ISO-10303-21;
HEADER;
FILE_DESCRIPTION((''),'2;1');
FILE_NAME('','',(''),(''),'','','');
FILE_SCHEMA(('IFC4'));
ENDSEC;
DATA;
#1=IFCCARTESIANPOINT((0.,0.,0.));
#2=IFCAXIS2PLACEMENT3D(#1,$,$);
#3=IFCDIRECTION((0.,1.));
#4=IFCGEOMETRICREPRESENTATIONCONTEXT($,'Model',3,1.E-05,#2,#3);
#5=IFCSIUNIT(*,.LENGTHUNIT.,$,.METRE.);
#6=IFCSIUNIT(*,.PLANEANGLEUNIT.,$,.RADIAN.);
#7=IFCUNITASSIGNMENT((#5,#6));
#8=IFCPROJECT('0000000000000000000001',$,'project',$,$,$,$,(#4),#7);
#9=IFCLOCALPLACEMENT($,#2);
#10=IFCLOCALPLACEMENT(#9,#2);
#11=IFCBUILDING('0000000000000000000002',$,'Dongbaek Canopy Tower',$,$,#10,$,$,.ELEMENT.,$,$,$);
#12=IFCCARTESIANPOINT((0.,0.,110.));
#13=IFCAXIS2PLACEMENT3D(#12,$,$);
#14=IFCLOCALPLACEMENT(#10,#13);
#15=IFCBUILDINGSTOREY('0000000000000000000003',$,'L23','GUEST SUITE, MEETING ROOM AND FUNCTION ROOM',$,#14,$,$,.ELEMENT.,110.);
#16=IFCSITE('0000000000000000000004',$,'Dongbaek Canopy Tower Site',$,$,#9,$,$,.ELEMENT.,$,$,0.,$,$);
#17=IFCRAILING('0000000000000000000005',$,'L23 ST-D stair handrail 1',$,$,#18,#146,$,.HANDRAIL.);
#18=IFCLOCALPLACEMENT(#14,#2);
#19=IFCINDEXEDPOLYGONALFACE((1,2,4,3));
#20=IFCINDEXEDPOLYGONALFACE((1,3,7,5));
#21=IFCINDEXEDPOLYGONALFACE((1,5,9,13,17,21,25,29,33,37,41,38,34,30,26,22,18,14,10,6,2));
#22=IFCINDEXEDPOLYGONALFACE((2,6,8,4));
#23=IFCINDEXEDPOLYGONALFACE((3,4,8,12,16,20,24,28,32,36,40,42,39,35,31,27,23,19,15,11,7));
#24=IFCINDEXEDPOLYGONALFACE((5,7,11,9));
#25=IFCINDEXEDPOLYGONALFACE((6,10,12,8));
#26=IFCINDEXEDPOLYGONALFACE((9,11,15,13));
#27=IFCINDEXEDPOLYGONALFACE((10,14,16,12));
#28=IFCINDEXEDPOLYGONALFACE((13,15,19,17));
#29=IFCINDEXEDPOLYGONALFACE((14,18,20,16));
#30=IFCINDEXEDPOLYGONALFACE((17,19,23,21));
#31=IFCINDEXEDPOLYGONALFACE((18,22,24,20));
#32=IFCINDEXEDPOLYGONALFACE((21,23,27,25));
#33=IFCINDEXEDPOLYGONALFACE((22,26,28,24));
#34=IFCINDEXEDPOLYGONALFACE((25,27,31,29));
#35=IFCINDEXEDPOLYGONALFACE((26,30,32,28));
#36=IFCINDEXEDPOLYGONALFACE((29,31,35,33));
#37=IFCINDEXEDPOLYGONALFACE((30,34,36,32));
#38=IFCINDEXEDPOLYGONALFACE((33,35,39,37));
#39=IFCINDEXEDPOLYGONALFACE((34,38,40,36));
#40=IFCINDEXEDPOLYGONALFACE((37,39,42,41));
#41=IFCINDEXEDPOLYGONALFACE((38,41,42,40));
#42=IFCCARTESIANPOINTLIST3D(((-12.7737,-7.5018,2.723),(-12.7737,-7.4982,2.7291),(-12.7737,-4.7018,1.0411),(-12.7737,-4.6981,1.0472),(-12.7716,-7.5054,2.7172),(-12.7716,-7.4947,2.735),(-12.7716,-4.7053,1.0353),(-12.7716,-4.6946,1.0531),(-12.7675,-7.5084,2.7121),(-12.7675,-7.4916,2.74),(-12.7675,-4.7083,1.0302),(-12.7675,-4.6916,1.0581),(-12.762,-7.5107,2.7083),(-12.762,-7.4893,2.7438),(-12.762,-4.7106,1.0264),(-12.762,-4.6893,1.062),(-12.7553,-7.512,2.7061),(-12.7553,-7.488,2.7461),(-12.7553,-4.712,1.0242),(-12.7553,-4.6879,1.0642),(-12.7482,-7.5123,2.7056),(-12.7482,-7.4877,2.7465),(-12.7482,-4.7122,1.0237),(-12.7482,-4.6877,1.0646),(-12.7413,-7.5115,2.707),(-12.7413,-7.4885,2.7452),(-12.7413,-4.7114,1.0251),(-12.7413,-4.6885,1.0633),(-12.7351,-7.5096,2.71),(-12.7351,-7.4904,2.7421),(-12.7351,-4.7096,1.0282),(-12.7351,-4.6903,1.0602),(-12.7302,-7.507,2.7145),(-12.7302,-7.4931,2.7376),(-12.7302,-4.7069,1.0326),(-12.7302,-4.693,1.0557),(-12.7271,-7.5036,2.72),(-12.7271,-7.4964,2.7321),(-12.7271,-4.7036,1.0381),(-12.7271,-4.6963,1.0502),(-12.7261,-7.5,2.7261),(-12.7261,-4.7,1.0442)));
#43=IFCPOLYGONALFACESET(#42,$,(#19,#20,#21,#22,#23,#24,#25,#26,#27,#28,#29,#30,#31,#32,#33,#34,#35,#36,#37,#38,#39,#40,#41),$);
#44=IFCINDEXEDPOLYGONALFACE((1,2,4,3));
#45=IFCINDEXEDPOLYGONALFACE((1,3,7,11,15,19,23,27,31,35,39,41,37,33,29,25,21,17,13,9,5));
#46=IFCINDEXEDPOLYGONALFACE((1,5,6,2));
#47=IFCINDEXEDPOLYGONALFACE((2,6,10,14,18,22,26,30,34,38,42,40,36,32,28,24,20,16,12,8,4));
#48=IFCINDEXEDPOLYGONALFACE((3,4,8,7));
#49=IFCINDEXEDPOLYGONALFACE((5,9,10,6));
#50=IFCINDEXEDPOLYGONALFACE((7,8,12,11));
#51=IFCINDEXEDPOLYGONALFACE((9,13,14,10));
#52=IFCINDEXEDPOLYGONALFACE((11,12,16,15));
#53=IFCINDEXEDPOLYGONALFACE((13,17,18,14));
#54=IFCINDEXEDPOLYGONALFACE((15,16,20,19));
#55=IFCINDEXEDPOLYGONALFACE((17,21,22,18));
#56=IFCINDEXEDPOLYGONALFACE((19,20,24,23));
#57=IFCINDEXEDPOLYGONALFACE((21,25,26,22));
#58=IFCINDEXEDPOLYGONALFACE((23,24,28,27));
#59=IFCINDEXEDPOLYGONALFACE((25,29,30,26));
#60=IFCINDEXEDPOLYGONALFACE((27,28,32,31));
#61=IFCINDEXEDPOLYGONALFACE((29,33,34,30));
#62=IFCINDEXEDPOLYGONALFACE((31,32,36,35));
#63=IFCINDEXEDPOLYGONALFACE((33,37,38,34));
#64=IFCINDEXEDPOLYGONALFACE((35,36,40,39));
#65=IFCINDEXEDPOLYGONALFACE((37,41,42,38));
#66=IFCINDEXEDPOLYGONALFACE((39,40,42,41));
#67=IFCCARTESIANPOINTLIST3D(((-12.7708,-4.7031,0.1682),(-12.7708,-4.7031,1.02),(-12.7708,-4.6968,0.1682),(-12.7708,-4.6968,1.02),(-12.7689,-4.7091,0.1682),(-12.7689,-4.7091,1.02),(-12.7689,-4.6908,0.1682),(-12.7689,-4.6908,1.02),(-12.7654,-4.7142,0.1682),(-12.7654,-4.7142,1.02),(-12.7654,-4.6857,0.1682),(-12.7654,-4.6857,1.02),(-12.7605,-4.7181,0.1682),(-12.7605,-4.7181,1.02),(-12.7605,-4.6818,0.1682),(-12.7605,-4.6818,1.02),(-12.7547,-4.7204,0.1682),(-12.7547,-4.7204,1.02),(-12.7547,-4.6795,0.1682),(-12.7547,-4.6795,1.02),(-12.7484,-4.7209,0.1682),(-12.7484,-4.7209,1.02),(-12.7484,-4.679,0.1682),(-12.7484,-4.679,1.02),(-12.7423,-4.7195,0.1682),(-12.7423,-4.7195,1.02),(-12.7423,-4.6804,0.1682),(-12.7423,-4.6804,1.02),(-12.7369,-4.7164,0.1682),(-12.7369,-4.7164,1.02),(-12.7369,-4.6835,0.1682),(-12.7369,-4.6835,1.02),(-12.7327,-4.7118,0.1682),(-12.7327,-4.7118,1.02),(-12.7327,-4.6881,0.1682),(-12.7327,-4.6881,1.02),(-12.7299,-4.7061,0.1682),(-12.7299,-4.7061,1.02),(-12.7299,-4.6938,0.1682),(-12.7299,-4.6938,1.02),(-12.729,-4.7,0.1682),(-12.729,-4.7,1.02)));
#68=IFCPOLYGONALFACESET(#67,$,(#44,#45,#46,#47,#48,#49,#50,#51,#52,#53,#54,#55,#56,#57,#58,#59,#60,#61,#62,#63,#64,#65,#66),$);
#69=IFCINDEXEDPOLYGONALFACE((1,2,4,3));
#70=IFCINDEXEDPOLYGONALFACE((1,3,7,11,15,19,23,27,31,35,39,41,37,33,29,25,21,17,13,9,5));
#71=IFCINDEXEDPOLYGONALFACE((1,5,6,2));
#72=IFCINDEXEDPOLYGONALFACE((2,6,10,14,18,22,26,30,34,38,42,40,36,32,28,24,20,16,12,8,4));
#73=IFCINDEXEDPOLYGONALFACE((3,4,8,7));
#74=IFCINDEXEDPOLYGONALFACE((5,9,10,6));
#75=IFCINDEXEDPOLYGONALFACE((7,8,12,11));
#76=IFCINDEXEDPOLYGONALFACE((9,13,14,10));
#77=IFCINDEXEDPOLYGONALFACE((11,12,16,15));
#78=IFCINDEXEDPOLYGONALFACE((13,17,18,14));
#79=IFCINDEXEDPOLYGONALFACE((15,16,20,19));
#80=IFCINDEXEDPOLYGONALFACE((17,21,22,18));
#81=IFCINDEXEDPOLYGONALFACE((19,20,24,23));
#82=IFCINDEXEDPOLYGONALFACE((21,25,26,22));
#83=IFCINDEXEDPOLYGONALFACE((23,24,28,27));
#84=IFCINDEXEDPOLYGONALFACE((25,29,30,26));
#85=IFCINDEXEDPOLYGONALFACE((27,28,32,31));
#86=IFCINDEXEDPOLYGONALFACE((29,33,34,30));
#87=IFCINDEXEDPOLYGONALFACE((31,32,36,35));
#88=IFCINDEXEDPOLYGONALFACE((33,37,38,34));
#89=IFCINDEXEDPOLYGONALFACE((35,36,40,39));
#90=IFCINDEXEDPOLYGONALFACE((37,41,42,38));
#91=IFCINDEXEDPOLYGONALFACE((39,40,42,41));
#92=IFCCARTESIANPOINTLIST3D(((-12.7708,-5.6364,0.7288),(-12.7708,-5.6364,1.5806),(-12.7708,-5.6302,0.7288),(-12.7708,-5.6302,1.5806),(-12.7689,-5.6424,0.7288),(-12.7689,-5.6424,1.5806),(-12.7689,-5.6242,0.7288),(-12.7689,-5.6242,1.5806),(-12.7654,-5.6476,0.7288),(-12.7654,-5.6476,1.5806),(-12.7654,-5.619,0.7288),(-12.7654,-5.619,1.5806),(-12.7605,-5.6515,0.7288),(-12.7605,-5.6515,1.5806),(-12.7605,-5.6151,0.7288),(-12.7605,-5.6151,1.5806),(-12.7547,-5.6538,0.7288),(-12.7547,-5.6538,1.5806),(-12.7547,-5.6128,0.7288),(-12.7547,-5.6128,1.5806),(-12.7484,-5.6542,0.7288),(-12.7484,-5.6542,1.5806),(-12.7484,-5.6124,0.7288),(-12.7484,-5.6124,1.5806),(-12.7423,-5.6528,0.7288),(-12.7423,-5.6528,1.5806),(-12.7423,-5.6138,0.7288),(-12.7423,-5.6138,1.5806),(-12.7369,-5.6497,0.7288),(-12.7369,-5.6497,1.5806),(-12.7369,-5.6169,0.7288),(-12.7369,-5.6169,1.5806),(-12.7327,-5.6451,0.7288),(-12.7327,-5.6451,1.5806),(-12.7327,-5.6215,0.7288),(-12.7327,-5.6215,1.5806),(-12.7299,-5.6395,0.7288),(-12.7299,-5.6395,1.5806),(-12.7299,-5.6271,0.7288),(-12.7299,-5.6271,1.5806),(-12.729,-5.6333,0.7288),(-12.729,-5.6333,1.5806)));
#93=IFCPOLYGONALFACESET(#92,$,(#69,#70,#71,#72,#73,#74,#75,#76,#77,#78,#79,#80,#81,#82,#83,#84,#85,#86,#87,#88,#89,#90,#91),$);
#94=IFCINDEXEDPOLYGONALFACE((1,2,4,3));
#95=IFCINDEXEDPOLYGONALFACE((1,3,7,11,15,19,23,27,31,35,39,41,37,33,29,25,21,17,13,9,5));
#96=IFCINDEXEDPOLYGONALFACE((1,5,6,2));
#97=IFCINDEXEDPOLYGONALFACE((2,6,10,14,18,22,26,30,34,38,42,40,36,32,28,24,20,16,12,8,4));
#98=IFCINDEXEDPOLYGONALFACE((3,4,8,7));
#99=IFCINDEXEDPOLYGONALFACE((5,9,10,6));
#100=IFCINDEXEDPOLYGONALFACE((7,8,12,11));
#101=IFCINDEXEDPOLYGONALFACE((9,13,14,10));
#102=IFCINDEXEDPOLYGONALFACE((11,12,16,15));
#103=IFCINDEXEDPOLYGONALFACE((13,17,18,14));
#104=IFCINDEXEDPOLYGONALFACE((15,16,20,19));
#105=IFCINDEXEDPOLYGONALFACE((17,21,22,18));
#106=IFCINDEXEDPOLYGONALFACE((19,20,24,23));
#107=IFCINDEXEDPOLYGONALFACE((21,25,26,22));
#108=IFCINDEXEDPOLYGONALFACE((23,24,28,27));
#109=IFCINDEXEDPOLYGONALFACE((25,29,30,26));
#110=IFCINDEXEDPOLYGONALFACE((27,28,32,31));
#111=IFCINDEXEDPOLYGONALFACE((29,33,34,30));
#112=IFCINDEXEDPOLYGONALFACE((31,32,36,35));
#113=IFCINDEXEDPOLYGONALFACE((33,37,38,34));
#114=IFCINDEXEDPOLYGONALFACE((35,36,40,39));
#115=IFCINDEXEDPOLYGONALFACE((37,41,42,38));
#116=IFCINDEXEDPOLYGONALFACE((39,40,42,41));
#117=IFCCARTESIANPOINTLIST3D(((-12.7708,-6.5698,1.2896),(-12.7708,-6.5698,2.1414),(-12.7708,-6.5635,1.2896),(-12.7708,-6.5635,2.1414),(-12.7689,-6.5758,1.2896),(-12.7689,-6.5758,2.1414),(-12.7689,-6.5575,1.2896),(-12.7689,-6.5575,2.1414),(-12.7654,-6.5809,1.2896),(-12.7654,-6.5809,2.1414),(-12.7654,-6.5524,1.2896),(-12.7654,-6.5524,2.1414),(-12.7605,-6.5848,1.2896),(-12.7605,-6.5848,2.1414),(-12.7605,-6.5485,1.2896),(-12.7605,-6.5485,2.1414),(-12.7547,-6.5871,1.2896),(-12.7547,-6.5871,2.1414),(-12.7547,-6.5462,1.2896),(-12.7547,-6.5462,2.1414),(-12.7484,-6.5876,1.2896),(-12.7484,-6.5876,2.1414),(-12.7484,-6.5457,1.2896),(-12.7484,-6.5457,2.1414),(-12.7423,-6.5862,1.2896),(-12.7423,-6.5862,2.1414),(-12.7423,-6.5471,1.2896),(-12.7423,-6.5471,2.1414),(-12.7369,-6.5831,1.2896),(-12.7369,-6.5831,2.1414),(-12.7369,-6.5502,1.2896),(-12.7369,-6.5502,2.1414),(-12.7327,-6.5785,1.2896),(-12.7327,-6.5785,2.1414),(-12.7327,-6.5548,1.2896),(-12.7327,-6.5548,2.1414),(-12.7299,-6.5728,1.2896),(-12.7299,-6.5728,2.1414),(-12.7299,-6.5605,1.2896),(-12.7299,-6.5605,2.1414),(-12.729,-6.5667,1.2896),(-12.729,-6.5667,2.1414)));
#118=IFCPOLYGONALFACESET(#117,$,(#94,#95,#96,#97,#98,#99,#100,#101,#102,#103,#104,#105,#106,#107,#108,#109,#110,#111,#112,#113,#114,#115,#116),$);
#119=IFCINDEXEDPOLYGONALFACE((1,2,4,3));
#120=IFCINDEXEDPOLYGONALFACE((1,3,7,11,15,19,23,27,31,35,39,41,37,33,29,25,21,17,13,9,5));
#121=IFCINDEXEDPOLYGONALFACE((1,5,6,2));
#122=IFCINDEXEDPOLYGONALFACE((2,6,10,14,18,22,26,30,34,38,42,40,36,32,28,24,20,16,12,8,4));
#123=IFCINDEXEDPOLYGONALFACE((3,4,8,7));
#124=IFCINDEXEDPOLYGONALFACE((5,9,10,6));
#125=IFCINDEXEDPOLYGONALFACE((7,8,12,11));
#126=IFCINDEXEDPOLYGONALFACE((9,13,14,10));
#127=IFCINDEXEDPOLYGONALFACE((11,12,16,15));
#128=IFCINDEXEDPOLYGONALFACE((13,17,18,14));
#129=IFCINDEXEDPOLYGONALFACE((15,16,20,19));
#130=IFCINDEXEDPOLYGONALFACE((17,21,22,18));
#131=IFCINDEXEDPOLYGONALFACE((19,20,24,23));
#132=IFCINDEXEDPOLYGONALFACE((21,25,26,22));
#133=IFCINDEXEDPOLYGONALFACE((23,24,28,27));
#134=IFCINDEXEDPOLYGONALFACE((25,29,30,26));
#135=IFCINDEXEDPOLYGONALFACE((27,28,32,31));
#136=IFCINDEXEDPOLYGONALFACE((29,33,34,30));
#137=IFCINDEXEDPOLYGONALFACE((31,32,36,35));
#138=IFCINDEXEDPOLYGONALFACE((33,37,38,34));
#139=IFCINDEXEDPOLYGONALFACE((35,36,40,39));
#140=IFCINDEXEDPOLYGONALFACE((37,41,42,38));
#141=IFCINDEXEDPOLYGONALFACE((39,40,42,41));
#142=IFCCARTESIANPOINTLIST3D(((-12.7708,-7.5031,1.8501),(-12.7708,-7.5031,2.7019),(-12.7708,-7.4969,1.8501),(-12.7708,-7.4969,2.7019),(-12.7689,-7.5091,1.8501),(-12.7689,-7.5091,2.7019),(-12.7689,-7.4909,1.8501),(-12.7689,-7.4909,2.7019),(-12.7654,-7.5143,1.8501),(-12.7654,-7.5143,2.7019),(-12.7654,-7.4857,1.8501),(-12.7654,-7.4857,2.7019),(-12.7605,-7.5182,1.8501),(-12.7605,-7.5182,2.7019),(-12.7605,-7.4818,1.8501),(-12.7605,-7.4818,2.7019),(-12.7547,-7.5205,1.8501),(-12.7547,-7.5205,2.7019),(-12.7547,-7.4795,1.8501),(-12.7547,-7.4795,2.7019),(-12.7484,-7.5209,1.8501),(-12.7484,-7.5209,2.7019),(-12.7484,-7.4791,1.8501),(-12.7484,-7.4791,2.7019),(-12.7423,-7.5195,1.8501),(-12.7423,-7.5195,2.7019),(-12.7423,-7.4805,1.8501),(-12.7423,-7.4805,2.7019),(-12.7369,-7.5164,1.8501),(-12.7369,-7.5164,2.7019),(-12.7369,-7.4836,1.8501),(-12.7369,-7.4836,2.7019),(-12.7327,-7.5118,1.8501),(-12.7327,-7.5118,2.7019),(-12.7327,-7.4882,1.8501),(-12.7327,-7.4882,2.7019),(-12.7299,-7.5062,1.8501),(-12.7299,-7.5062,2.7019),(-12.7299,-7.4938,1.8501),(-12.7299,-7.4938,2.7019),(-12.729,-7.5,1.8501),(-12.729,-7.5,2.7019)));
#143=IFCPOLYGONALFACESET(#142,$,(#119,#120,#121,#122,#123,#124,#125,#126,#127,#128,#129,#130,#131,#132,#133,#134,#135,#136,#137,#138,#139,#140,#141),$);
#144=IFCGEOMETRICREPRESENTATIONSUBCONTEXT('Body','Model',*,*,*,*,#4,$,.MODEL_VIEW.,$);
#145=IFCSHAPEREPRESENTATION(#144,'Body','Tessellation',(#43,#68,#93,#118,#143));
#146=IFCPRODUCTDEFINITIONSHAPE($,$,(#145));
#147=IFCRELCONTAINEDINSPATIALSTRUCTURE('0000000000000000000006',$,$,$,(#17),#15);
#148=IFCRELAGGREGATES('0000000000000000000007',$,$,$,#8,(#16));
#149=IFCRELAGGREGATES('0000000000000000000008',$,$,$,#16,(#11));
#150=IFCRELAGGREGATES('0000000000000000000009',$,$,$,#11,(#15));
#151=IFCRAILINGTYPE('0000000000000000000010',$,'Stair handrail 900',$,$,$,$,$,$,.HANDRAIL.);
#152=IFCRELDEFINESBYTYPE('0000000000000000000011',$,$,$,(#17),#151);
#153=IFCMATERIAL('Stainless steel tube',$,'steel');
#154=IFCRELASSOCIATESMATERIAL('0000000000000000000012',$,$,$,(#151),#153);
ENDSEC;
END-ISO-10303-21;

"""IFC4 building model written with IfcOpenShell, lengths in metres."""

from ifc_helpers import new_model, si_unit, direction, frame, origin, origin_2d, place, context, subcontext, project, spatial, circle, extrude, material, type_object, element, save


model = new_model("IFC4")

# Units and contexts
model_context = context("Model", 3, precision=1e-05, world=origin(), true_north=direction((0.0, 1.0)))
body_context = subcontext(model_context, "Body", "Model", "MODEL_VIEW")
ifc_project = project(units=[si_unit("LENGTHUNIT", "METRE"), si_unit("PLANEANGLEUNIT", "RADIAN")], contexts=[model_context])

# Site, building, storey
site_placement = place(None, origin())
site = spatial("IfcSite", under=ifc_project, at=site_placement, Name="Dongbaek Canopy Tower Site", CompositionType="ELEMENT", RefElevation=0.0)
building_placement = place(site_placement, origin())
building = spatial("IfcBuilding", under=site, at=building_placement, Name="Dongbaek Canopy Tower", CompositionType="ELEMENT")
storey_placement = place(building_placement, frame((0.0, 0.0, 110.0)))
storey = spatial("IfcBuildingStorey", under=building, at=storey_placement, Name="L23", Description="GUEST SUITE, MEETING ROOM AND FUNCTION ROOM", CompositionType="ELEMENT", Elevation=110.0)

# Railing
ifc_material_1 = material(Name="Stainless steel tube", Category="steel")
railing_type_1 = type_object("IfcRailingType", Name="Stair handrail 900", PredefinedType="HANDRAIL", material=ifc_material_1)
railing_1_placement = place(storey_placement, frame((-12.75, -4.7, 0.1682)))
element("IfcRailing", 1, at=railing_1_placement, inside=storey, type_object=railing_type_1, Name="L23 ST-D stair handrail 1", PredefinedType="HANDRAIL", context=body_context, shape_type="SweptSolid", body=[
    extrude(circle(Radius=0.0239, at=origin_2d()), frame((0.0, 0.0, 0.876), z_axis=(0.0, -0.857242, 0.514913), x_axis=(1.0, 0.0, 0.0)), (0.0, 0.0, 1.0), 3.2664),
    extrude(circle(Radius=0.021, at=origin_2d()), origin(), (0.0, 0.0, 1.0), 0.8518),
    extrude(circle(Radius=0.021, at=origin_2d()), frame((0.0, -0.9333, 0.5605)), (0.0, 0.0, 1.0), 0.8518),
    extrude(circle(Radius=0.021, at=origin_2d()), frame((0.0, -1.8667, 1.1213)), (0.0, 0.0, 1.0), 0.8518),
    extrude(circle(Radius=0.021, at=origin_2d()), frame((0.0, -2.8, 1.6819)), (0.0, 0.0, 1.0), 0.8518),
])

save(model, "model.ifc")
